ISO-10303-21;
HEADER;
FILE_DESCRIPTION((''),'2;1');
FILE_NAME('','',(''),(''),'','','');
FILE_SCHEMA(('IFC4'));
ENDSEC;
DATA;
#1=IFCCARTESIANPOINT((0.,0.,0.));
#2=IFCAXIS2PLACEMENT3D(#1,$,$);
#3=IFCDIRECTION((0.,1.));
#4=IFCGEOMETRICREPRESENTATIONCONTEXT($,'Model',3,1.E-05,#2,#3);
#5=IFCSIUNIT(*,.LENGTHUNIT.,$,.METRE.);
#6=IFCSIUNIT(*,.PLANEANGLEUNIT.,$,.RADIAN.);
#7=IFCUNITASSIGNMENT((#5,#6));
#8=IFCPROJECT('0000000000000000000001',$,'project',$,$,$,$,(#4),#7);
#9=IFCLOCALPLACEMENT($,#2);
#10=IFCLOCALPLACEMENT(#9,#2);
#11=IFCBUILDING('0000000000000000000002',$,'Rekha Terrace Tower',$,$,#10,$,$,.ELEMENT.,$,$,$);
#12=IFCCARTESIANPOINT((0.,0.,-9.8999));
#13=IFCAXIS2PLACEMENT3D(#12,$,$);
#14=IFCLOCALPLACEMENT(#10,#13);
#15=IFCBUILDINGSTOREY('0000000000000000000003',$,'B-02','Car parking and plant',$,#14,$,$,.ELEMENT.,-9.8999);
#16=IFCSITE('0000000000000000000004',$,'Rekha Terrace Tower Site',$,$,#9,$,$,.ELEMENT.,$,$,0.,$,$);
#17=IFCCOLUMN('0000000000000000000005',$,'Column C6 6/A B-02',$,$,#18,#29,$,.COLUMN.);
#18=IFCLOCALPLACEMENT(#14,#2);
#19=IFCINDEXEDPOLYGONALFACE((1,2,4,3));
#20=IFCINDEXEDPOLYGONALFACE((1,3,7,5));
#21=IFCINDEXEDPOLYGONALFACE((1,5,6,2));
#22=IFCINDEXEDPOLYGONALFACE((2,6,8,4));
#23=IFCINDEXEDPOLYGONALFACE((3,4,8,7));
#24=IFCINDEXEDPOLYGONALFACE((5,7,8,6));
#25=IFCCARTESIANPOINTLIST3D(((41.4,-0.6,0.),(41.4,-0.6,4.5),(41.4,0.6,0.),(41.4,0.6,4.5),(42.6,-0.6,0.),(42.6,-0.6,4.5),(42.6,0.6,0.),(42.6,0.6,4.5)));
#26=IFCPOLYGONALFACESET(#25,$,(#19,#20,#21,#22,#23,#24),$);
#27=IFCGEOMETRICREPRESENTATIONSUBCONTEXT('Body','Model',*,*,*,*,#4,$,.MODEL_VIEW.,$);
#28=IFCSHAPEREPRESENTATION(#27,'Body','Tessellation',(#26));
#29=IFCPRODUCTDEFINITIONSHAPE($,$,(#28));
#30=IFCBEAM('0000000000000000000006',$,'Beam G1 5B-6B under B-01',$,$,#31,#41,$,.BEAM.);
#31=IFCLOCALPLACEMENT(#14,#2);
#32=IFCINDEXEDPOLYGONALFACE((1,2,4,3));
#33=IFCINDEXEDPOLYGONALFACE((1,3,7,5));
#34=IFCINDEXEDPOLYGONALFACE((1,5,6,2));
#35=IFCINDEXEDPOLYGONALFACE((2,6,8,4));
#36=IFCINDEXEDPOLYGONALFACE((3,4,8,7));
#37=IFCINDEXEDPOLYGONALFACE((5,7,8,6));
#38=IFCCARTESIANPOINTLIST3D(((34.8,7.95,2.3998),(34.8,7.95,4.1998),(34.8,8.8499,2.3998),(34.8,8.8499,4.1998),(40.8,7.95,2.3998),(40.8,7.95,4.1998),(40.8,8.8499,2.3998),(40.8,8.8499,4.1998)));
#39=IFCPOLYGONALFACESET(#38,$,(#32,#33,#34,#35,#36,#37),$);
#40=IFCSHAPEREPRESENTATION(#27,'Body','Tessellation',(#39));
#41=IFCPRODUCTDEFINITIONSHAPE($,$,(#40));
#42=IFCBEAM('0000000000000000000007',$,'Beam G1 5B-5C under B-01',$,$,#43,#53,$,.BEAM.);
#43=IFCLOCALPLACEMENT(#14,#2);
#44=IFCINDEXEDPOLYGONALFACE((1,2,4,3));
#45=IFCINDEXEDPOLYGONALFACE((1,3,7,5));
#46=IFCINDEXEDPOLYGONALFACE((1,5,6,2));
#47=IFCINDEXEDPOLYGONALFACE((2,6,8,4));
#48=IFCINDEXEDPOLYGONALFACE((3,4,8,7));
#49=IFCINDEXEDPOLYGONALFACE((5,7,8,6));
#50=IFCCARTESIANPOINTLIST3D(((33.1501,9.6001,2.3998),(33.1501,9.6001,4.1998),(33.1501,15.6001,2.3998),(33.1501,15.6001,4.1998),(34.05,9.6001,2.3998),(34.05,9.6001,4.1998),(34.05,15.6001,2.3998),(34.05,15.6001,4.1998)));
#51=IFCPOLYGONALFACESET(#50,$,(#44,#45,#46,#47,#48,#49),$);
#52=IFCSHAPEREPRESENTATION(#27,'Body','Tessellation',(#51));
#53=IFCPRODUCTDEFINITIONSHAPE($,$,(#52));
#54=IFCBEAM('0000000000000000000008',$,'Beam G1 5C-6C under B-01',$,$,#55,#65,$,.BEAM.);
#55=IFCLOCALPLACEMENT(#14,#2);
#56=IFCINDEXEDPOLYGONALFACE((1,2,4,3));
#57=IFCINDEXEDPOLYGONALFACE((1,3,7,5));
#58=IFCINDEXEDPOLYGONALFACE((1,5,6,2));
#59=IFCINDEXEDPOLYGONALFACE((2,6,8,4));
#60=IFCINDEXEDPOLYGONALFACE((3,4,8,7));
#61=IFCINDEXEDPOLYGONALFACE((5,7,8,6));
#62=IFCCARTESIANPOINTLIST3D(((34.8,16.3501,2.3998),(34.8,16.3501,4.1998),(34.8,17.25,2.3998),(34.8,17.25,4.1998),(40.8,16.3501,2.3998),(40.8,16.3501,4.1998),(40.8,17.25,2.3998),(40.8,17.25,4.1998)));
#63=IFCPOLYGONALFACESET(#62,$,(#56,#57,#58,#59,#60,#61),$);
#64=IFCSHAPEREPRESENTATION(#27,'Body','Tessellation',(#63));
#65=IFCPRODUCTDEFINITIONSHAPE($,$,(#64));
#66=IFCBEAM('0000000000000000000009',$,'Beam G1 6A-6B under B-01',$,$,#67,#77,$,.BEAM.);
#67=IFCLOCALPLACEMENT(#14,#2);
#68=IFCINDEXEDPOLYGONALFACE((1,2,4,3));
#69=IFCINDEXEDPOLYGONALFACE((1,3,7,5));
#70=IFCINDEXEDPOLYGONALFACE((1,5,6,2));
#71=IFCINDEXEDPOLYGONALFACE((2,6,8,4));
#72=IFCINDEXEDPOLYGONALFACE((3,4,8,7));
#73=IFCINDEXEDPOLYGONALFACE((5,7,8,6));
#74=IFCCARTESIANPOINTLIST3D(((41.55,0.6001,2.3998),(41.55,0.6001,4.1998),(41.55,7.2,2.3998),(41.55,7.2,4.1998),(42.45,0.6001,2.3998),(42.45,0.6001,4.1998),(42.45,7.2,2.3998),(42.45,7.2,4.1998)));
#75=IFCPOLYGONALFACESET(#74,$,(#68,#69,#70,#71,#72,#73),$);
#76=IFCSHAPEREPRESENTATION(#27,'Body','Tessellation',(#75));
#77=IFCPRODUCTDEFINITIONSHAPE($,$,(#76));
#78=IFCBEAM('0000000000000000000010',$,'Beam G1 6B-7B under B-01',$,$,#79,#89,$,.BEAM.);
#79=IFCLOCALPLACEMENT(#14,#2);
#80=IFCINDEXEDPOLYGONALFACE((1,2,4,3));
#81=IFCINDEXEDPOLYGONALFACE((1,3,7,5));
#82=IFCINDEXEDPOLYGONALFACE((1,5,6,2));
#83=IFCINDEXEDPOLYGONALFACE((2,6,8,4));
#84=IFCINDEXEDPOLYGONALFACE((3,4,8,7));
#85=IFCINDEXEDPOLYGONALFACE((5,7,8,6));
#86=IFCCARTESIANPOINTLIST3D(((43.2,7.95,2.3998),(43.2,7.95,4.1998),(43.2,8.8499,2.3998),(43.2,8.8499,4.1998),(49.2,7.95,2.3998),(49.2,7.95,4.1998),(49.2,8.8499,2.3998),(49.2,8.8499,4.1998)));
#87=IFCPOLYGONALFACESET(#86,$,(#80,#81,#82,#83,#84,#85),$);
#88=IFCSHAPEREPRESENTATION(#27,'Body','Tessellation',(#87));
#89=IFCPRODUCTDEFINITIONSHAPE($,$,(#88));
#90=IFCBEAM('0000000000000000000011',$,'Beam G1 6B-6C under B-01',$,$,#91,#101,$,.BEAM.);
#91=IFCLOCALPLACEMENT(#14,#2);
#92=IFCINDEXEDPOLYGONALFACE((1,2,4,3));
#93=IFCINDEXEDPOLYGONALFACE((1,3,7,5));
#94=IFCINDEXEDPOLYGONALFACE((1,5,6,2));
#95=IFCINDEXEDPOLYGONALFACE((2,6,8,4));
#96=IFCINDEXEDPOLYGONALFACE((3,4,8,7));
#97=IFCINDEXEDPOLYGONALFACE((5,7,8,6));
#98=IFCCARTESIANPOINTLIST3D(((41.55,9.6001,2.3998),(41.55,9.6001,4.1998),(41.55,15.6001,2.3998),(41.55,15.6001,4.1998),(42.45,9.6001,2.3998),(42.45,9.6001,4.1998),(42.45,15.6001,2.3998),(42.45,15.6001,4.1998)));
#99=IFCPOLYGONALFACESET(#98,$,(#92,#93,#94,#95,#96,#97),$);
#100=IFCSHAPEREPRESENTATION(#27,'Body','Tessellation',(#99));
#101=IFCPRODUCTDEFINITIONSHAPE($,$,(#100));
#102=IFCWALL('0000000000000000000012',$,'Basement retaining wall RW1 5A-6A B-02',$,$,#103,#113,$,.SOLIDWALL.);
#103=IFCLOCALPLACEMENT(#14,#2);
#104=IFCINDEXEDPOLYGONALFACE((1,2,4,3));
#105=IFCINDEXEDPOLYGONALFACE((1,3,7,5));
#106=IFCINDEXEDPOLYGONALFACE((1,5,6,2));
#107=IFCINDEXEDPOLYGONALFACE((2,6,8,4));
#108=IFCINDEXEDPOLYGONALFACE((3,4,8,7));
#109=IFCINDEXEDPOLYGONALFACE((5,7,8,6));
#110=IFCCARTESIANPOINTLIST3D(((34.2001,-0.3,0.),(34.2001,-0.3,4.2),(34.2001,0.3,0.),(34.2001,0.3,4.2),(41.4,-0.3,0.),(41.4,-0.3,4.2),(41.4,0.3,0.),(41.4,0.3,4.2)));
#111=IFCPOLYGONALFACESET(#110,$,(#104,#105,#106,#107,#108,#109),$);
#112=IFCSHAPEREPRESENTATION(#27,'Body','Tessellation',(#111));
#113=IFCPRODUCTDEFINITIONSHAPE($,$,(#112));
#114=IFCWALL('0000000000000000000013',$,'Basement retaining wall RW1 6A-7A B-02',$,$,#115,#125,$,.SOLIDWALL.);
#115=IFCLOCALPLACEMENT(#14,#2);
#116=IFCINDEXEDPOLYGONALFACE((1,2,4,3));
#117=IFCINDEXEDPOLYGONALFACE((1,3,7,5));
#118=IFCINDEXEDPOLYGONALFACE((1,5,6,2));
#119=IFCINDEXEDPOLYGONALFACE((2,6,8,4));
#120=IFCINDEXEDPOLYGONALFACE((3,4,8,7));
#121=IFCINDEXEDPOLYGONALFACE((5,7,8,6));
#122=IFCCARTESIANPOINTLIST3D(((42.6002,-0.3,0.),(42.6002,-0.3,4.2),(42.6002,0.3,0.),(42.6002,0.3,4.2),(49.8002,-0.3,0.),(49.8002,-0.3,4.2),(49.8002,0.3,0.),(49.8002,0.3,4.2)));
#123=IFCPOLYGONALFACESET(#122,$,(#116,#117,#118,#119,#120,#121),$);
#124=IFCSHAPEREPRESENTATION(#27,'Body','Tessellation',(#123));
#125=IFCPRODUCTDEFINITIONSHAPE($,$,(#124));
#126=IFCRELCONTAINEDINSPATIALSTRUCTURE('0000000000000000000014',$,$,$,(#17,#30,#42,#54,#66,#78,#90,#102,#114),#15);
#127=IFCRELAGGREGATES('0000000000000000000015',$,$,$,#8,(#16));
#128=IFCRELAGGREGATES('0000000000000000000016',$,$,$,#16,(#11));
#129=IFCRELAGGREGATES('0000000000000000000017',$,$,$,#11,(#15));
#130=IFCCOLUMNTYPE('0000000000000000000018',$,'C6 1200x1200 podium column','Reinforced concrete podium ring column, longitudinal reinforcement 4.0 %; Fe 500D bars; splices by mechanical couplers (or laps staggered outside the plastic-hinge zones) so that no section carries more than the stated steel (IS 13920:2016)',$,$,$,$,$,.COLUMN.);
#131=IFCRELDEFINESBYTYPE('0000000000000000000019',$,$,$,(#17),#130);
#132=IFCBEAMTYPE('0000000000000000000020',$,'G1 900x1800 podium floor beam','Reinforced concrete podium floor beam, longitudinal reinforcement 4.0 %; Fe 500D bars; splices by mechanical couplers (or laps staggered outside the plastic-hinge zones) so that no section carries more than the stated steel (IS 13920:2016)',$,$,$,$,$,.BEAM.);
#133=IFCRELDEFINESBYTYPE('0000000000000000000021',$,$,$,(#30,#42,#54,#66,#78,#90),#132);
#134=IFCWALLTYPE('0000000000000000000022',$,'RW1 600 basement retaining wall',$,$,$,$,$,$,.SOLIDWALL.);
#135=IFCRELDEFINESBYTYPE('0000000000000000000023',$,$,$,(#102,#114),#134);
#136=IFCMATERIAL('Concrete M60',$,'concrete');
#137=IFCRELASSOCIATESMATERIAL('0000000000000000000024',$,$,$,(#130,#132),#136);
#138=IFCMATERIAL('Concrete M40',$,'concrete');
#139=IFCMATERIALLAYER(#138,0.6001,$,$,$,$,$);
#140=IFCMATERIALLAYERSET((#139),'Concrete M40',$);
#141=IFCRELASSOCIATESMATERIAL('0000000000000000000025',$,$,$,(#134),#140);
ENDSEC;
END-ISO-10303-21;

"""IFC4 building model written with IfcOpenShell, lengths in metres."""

from ifc_helpers import new_model, si_unit, direction, frame, frame_2d, origin, origin_2d, place, context, subcontext, project, spatial, rectangle, extrude, material, layer, layer_set, material_profile, profile_set, type_object, element, save


model = new_model("IFC4")

# Units and contexts
model_context = context("Model", 3, precision=1e-05, world=origin(), true_north=direction((0.0, 1.0)))
body_context = subcontext(model_context, "Body", "Model", "MODEL_VIEW")
ifc_project = project(units=[si_unit("LENGTHUNIT", "METRE"), si_unit("PLANEANGLEUNIT", "RADIAN")], contexts=[model_context])

# Site, building, storey
site_placement = place(None, origin())
site = spatial("IfcSite", under=ifc_project, at=site_placement, Name="Rekha Terrace Tower Site", CompositionType="ELEMENT", RefElevation=0.0)
building_placement = place(site_placement, origin())
building = spatial("IfcBuilding", under=site, at=building_placement, Name="Rekha Terrace Tower", CompositionType="ELEMENT")
storey_placement = place(building_placement, frame((0.0, 0.0, -9.8999)))
storey = spatial("IfcBuildingStorey", under=building, at=storey_placement, Name="B-02", Description="Car parking and plant", CompositionType="ELEMENT", Elevation=-9.8999)

# Column
ifc_material_1 = material(Name="Concrete M60", Category="concrete")
ifc_material_profile_1 = material_profile(ifc_material_1, rectangle(XDim=1.2, YDim=1.2, at=origin_2d()), Name="RC 1200x1200")
ifc_profile_set_1 = profile_set([ifc_material_profile_1], Name="Concrete M60")
column_type_1 = type_object("IfcColumnType", Name="C6 1200x1200 podium column", Description="Reinforced concrete podium ring column, longitudinal reinforcement 4.0 %; Fe 500D bars; splices by mechanical couplers (or laps staggered outside the plastic-hinge zones) so that no section carries more than the stated steel (IS 13920:2016)", PredefinedType="COLUMN", material=ifc_profile_set_1)
column_placement = place(storey_placement, frame((42.0, 0.0, 0.0), z_axis=(0.0, 0.0, 1.0), x_axis=(1.0, 0.0, 0.0)))
element("IfcColumn", 1, at=column_placement, inside=storey, type_object=column_type_1, Name="Column C6 6/A B-02", PredefinedType="COLUMN", context=body_context, shape_type="SweptSolid", body=[
    extrude(rectangle(XDim=1.2, YDim=1.2, at=origin_2d()), origin(), (0.0, 0.0, 1.0), 4.5),
])

# Beams
ifc_material_profile_2 = material_profile(ifc_material_1, rectangle(XDim=0.8999, YDim=1.8, at=origin_2d()), Name="RC 900x1800")
ifc_profile_set_2 = profile_set([ifc_material_profile_2], Name="Concrete M60")
beam_type = type_object("IfcBeamType", Name="G1 900x1800 podium floor beam", Description="Reinforced concrete podium floor beam, longitudinal reinforcement 4.0 %; Fe 500D bars; splices by mechanical couplers (or laps staggered outside the plastic-hinge zones) so that no section carries more than the stated steel (IS 13920:2016)", PredefinedType="BEAM", material=ifc_profile_set_2)
for number, where, z_axis, x_axis, name in (
    (2, (34.8, 8.3999, 3.2998), (1.0, 0.0, 0.0), (0.0, 1.0, 0.0), "Beam G1 5B-6B under B-01"),
    (3, (33.6001, 9.6001, 3.2998), (0.0, 1.0, 0.0), (-1.0, 0.0, 0.0), "Beam G1 5B-5C under B-01"),
    (4, (34.8, 16.8, 3.2998), (1.0, 0.0, 0.0), (0.0, 1.0, 0.0), "Beam G1 5C-6C under B-01"),
):
    element("IfcBeam", number, at=place(storey_placement, frame(where, z_axis=z_axis, x_axis=x_axis)), inside=storey, type_object=beam_type, Name=name, PredefinedType="BEAM", context=body_context, shape_type="SweptSolid", body=[
        extrude(rectangle(XDim=0.8999, YDim=1.8, at=origin_2d()), origin(), (0.0, 0.0, 1.0), 6.0),
    ])
beam_placement = place(storey_placement, frame((42.0, 0.6001, 3.2998), z_axis=(0.0, 1.0, 0.0), x_axis=(-1.0, 0.0, 0.0)))
element("IfcBeam", 5, at=beam_placement, inside=storey, type_object=beam_type, Name="Beam G1 6A-6B under B-01", PredefinedType="BEAM", context=body_context, shape_type="SweptSolid", body=[
    extrude(rectangle(XDim=0.8999, YDim=1.8, at=origin_2d()), origin(), (0.0, 0.0, 1.0), 6.5999),
])
for number, where, z_axis, x_axis, name in (
    (6, (43.2, 8.3999, 3.2998), (1.0, 0.0, 0.0), (0.0, 1.0, 0.0), "Beam G1 6B-7B under B-01"),
    (7, (42.0, 9.6001, 3.2998), (0.0, 1.0, 0.0), (-1.0, 0.0, 0.0), "Beam G1 6B-6C under B-01"),
):
    element("IfcBeam", number, at=place(storey_placement, frame(where, z_axis=z_axis, x_axis=x_axis)), inside=storey, type_object=beam_type, Name=name, PredefinedType="BEAM", context=body_context, shape_type="SweptSolid", body=[
        extrude(rectangle(XDim=0.8999, YDim=1.8, at=origin_2d()), origin(), (0.0, 0.0, 1.0), 6.0),
    ])

# Walls
ifc_material_2 = material(Name="Concrete M40", Category="concrete")
ifc_layer = layer(ifc_material_2, 0.6001)
ifc_layer_set = layer_set([ifc_layer], Name="Concrete M40")
wall_type = type_object("IfcWallType", Name="RW1 600 basement retaining wall", PredefinedType="SOLIDWALL", material=ifc_layer_set)
for number, where, z_axis, x_axis, name in (
    (8, (34.2, 0.0, 0.0), (0.0, 0.0, 1.0), (1.0, 0.0, 0.0), "Basement retaining wall RW1 5A-6A B-02"),
    (9, (42.6001, 0.0, 0.0), (0.0, 0.0, 1.0), (1.0, 0.0, 0.0), "Basement retaining wall RW1 6A-7A B-02"),
):
    element("IfcWall", number, at=place(storey_placement, frame(where, z_axis=z_axis, x_axis=x_axis)), inside=storey, type_object=wall_type, Name=name, PredefinedType="SOLIDWALL", context=body_context, shape_type="SweptSolid", body=[
        extrude(rectangle(XDim=7.2, YDim=0.6001, at=frame_2d((3.6001, 0.0))), origin(), (0.0, 0.0, 1.0), 4.2),
    ])

save(model, "model.ifc")
